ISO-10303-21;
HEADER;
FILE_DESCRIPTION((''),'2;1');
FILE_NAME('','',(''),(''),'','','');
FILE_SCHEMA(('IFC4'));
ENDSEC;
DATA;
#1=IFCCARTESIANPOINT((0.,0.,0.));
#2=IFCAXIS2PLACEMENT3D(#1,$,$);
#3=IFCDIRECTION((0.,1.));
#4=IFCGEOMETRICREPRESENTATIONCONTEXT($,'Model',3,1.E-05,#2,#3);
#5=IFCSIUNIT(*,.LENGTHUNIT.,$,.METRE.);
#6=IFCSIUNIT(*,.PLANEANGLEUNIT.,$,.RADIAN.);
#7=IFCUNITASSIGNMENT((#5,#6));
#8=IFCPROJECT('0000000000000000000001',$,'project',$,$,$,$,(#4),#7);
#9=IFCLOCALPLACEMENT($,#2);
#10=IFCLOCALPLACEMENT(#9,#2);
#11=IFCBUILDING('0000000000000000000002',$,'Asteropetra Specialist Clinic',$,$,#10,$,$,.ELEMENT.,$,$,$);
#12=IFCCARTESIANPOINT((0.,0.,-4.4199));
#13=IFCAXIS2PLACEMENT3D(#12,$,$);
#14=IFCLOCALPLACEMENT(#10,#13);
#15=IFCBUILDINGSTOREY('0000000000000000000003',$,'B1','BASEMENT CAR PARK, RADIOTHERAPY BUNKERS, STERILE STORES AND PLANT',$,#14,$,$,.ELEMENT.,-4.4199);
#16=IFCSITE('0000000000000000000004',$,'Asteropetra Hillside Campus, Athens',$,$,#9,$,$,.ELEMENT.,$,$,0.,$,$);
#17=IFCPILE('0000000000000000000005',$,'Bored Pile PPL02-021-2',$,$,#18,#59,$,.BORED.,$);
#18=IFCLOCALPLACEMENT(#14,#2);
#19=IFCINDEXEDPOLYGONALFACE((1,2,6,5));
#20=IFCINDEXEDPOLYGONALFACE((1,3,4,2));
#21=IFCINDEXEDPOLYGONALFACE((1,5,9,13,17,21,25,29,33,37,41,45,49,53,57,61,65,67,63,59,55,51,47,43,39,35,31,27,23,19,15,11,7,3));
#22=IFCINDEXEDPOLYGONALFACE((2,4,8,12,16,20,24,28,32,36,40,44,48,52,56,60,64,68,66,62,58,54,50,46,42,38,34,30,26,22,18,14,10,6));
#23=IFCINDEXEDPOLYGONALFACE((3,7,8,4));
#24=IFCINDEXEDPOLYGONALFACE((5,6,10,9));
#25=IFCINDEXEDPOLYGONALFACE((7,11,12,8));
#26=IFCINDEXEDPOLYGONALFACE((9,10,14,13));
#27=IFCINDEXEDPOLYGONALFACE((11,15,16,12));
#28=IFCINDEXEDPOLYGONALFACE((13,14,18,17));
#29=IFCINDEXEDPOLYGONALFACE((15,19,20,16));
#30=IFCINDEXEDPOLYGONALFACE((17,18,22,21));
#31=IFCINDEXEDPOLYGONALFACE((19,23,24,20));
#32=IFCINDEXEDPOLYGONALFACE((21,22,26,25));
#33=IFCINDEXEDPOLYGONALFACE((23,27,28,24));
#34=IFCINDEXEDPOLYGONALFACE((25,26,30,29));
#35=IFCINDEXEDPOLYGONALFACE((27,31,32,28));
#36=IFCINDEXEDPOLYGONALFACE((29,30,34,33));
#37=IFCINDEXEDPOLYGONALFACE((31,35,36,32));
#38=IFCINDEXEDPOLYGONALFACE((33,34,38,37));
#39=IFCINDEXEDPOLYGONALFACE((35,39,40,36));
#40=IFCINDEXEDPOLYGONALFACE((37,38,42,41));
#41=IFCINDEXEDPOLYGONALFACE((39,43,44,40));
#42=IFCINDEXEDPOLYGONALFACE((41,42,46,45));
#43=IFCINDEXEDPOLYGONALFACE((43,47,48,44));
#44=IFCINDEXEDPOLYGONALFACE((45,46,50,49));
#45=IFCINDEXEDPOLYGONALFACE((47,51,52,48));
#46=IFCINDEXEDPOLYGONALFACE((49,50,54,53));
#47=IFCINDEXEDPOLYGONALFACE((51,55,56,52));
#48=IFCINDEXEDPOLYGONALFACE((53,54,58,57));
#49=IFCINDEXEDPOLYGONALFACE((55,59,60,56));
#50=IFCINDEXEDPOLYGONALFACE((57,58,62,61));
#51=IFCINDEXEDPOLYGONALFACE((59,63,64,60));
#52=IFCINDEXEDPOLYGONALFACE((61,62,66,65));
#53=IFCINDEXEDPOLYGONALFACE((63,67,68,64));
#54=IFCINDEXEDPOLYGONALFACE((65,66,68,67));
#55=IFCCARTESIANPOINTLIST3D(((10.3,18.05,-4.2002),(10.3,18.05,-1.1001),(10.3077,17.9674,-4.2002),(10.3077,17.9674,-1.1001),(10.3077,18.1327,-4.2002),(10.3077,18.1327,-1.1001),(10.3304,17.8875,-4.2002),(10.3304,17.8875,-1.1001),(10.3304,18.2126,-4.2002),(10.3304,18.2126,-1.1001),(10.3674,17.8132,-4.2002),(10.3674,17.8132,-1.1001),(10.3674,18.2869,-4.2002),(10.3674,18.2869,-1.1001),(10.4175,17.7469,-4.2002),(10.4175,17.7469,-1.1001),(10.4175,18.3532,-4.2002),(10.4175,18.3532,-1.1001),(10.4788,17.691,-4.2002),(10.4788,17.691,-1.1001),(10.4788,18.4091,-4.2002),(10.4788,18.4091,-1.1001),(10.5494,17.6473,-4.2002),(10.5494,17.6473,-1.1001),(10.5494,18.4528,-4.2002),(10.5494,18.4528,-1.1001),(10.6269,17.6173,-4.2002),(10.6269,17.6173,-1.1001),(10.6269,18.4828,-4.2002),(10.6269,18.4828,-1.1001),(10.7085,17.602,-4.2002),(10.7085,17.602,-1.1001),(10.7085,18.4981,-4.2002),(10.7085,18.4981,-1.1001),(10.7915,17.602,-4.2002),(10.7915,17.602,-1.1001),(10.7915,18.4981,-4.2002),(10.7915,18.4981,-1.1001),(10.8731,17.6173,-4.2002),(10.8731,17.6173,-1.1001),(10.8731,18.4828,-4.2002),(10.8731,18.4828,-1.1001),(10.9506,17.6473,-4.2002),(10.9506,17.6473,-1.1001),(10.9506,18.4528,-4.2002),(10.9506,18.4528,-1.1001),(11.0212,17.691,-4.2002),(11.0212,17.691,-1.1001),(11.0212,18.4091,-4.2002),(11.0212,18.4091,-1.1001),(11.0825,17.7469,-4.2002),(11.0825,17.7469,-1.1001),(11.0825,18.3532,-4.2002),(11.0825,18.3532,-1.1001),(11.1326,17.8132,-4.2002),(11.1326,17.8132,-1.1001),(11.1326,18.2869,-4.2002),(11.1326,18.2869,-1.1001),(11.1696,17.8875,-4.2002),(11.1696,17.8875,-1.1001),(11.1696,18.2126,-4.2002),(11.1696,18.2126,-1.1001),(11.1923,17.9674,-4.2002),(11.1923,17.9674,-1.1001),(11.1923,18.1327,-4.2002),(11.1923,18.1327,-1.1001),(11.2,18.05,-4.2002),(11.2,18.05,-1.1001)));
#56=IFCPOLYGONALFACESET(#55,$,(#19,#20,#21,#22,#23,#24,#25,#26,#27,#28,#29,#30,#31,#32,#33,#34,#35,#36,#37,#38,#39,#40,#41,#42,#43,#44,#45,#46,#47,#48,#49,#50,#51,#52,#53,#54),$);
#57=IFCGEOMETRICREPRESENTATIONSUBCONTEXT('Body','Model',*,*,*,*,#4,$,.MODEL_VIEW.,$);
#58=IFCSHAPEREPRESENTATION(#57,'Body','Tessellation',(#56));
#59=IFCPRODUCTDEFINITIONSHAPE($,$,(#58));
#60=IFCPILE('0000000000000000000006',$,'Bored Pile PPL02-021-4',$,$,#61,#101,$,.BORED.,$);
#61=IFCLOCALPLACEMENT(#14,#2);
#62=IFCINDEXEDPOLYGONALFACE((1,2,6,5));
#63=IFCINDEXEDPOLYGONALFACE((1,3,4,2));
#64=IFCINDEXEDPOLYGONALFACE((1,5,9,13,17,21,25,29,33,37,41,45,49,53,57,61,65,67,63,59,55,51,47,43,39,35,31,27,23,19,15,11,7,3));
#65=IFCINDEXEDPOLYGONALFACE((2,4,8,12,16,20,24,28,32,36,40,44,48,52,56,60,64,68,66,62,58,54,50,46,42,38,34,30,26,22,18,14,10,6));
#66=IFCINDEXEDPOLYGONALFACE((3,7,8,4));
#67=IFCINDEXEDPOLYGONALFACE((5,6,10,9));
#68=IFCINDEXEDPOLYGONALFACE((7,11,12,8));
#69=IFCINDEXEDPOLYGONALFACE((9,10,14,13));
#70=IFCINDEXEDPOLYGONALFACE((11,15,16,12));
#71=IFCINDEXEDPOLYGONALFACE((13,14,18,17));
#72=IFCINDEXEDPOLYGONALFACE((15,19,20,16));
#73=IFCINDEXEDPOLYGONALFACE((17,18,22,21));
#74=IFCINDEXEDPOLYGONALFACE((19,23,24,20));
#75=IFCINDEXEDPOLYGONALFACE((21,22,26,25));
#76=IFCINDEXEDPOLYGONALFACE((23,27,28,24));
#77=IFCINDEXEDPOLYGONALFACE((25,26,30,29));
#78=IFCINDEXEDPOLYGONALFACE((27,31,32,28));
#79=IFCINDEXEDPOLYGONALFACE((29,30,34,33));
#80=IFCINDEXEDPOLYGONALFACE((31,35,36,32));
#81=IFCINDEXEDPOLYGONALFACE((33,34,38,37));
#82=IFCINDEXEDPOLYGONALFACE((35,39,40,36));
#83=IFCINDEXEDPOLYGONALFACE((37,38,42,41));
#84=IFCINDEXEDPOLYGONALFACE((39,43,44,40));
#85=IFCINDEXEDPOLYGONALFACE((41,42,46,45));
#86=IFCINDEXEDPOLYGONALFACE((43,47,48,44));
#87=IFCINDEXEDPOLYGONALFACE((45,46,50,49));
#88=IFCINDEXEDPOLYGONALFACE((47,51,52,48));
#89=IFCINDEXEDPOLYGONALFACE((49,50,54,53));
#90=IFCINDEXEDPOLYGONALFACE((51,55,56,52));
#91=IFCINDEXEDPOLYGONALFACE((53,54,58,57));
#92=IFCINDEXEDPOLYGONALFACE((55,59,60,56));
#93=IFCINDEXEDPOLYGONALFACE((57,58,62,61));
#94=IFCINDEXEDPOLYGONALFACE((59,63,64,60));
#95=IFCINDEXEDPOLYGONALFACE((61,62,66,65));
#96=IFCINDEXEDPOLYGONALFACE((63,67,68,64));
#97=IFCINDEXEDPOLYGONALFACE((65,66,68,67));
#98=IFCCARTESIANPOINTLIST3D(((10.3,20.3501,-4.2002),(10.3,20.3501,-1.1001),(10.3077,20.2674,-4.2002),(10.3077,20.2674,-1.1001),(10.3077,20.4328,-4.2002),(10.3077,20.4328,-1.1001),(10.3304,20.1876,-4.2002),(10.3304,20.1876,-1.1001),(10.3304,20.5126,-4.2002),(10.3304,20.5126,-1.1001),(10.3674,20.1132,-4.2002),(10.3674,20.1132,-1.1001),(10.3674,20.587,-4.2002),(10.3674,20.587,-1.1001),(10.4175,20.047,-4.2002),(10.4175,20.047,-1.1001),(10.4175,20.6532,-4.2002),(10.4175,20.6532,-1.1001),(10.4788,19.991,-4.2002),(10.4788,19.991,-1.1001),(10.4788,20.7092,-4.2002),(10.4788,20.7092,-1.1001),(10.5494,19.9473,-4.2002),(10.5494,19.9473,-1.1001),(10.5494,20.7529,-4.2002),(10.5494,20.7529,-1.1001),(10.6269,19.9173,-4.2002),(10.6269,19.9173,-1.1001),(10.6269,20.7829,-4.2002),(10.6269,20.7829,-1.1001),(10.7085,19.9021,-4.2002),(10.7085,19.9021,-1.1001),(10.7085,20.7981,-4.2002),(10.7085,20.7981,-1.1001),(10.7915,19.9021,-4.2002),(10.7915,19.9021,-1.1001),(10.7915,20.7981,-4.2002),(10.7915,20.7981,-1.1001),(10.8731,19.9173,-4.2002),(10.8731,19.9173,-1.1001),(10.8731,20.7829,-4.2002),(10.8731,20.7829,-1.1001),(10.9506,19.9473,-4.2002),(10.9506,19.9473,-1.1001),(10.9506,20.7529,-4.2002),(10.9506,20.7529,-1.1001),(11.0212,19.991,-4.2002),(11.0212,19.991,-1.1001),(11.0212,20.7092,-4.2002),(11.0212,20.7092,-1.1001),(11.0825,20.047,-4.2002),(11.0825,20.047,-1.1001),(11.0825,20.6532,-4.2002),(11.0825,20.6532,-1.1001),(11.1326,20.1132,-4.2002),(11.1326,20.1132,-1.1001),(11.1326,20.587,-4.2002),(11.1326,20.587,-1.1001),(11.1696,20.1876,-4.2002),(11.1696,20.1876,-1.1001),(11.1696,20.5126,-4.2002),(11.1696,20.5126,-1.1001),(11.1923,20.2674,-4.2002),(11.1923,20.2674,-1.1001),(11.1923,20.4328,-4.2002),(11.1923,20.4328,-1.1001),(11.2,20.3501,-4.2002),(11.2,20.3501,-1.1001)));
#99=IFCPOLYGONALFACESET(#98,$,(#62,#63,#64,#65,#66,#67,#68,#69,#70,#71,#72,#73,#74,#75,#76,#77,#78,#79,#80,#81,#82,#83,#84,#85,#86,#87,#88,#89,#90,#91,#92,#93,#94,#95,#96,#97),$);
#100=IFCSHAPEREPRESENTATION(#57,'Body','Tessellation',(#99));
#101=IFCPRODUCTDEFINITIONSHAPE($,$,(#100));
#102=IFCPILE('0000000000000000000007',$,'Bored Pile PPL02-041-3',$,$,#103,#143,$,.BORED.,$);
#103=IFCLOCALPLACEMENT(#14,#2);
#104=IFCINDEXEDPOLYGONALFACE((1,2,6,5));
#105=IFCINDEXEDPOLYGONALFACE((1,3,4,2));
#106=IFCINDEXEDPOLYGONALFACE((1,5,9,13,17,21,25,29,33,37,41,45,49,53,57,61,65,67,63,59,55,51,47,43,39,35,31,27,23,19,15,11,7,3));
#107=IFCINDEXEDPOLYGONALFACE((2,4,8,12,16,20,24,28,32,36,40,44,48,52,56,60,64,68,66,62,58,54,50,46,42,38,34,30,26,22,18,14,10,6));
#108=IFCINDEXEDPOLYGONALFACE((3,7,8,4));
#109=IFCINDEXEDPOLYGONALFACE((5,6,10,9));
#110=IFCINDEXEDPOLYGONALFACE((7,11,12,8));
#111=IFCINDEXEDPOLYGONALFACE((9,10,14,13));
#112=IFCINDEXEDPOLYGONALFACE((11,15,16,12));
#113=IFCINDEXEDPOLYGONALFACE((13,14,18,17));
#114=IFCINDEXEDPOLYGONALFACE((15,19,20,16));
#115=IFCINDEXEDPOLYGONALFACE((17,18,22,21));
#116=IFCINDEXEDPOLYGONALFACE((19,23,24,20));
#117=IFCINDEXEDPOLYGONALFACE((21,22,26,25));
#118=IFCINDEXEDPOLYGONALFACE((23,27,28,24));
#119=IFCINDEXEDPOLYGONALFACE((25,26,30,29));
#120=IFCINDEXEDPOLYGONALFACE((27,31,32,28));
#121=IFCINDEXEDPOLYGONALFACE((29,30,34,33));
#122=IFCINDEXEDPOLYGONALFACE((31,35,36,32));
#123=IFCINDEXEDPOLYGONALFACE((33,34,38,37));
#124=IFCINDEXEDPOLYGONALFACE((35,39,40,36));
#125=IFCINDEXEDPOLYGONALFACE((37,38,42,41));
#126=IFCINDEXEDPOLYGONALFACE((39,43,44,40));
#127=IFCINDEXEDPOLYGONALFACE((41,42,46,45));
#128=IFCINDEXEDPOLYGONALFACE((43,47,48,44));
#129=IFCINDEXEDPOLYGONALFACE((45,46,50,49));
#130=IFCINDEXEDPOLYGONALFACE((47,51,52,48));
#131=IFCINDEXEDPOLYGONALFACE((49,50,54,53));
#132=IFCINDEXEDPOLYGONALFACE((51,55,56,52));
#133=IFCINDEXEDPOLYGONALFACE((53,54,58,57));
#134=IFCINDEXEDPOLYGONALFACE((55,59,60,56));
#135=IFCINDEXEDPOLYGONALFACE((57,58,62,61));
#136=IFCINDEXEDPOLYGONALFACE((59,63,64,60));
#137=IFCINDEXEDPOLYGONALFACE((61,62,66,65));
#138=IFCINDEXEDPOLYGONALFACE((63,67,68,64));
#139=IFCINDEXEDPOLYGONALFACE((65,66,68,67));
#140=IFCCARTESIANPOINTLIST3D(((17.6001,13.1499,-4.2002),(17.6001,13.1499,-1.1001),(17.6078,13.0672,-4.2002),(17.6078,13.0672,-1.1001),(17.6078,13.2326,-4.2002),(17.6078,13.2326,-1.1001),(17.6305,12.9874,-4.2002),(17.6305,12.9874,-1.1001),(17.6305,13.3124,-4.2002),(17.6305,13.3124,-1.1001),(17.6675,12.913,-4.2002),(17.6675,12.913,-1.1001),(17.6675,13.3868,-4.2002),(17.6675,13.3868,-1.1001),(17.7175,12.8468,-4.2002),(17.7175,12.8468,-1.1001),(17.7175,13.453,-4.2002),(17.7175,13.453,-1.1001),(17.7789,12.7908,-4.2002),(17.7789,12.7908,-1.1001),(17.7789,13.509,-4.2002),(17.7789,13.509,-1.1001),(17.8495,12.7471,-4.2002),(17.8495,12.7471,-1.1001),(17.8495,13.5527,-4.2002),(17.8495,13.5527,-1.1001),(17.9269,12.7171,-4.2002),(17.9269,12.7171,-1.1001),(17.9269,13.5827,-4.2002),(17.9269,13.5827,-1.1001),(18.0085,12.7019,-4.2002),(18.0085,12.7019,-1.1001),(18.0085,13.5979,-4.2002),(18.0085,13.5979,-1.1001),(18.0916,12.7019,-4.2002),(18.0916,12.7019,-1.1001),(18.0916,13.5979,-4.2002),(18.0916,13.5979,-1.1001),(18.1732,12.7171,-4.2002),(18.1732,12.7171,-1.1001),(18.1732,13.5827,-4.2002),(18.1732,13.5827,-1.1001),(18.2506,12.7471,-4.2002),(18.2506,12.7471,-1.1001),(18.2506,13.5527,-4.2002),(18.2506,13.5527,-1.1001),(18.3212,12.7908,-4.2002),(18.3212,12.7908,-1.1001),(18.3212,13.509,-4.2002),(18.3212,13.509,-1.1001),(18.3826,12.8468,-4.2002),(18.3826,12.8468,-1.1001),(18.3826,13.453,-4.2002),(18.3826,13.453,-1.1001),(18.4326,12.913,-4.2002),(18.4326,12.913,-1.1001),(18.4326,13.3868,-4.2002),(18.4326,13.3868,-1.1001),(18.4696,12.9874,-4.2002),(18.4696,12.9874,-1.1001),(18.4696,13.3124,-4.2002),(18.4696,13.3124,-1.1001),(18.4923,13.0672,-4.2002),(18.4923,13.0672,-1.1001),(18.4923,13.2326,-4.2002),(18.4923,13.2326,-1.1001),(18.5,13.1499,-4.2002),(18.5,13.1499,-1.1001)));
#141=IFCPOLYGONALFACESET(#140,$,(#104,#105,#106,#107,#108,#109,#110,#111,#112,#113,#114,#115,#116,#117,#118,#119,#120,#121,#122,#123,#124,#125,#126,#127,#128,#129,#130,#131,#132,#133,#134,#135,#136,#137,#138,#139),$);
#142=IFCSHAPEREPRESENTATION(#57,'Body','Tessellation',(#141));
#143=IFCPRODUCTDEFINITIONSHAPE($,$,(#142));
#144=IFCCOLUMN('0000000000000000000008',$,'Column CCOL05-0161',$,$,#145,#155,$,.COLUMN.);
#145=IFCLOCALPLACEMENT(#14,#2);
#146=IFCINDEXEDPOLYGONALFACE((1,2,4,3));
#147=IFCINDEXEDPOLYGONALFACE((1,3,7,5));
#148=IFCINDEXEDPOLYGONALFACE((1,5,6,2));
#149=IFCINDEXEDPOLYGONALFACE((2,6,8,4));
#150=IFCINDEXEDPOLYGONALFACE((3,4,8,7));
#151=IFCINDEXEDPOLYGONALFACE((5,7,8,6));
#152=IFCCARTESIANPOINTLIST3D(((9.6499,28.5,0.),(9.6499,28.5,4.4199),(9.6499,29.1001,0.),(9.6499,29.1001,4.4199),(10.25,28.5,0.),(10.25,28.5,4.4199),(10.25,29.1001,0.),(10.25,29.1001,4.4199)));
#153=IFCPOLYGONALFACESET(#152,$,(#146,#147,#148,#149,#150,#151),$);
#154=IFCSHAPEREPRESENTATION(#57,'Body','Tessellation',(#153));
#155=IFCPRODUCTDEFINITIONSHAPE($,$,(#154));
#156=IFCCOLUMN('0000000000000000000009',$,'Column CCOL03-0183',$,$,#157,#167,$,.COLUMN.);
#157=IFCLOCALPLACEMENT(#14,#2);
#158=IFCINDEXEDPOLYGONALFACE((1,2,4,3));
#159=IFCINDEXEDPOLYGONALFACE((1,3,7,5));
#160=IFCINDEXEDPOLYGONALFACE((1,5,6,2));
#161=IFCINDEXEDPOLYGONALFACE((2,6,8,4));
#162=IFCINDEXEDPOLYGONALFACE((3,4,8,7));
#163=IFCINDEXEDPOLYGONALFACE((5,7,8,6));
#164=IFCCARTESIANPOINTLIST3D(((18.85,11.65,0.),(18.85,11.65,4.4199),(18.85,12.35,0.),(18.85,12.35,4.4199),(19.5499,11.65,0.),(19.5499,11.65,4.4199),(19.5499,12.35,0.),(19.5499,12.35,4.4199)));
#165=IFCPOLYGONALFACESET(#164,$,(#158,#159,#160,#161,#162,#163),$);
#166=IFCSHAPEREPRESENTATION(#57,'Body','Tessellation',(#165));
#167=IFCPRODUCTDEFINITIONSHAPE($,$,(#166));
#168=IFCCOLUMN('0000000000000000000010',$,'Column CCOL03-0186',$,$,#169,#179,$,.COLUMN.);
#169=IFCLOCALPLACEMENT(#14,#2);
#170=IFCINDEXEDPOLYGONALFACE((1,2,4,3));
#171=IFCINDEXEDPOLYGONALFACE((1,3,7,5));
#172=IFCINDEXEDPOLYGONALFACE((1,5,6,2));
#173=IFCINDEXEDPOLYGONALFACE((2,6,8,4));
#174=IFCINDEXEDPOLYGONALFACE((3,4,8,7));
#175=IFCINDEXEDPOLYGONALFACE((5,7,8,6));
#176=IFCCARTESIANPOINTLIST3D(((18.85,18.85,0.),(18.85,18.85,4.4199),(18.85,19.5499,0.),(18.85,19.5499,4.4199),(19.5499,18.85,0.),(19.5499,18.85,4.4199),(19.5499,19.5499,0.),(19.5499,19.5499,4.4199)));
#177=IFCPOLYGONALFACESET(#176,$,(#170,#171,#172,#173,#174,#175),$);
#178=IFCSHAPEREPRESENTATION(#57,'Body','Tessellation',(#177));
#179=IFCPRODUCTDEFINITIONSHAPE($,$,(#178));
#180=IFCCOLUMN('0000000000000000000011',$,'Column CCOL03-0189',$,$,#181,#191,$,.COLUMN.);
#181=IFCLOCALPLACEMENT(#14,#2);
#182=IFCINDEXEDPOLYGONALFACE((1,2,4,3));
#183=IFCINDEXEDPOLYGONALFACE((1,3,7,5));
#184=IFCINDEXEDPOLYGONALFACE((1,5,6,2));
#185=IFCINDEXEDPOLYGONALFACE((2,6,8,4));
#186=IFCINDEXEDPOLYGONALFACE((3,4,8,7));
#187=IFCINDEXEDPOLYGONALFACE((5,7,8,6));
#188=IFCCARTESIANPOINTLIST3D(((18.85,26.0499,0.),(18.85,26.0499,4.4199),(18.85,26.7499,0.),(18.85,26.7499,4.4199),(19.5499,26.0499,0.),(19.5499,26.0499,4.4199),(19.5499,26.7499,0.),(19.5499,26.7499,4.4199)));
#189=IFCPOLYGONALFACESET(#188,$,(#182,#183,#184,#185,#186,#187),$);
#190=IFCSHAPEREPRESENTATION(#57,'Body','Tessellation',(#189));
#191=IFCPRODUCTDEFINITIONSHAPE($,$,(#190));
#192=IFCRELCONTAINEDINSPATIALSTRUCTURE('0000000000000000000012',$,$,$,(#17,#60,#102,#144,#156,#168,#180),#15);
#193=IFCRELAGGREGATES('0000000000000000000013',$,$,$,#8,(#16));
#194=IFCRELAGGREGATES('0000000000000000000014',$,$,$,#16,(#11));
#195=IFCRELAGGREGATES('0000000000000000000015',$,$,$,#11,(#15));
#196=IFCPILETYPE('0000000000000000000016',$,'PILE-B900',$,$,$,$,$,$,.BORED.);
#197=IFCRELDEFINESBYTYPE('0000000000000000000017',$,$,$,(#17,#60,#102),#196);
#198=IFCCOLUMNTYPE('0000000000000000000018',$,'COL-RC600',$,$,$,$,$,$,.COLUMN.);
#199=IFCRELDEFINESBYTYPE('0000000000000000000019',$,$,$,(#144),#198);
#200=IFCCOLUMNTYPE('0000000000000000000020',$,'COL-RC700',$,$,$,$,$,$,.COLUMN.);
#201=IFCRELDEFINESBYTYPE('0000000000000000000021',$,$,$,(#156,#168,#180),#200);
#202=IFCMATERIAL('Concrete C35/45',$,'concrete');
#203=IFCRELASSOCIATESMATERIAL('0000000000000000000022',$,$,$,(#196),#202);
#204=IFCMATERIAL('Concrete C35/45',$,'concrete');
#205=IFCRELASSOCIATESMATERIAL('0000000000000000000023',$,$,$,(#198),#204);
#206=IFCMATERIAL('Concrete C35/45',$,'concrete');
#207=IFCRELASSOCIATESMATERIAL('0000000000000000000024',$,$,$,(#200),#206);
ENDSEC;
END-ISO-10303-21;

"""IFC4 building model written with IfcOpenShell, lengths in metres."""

from ifc_helpers import new_model, si_unit, direction, frame, origin, origin_2d, place, context, subcontext, project, spatial, rectangle, circle, extrude, material, material_profile, profile_set, type_object, element, save


model = new_model("IFC4")

# Units and contexts
model_context = context("Model", 3, precision=1e-05, world=origin(), true_north=direction((0.0, 1.0)))
body_context = subcontext(model_context, "Body", "Model", "MODEL_VIEW")
ifc_project = project(units=[si_unit("LENGTHUNIT", "METRE"), si_unit("PLANEANGLEUNIT", "RADIAN")], contexts=[model_context])

# Site, building, storey
site_placement = place(None, origin())
site = spatial("IfcSite", under=ifc_project, at=site_placement, Name="Asteropetra Hillside Campus, Athens", CompositionType="ELEMENT", RefElevation=0.0)
building_placement = place(site_placement, origin())
building = spatial("IfcBuilding", under=site, at=building_placement, Name="Asteropetra Specialist Clinic", CompositionType="ELEMENT")
storey_placement = place(building_placement, frame((0.0, 0.0, -4.4199)))
storey = spatial("IfcBuildingStorey", under=building, at=storey_placement, Name="B1", Description="BASEMENT CAR PARK, RADIOTHERAPY BUNKERS, STERILE STORES AND PLANT", CompositionType="ELEMENT", Elevation=-4.4199)

# Piles
ifc_material_1 = material(Name="Concrete C35/45", Category="concrete")
ifc_material_profile_1 = material_profile(ifc_material_1, circle(Radius=0.45, at=origin_2d()), Name="PILE D900")
ifc_profile_set_1 = profile_set([ifc_material_profile_1], Name="Concrete C35/45")
pile_type_1 = type_object("IfcPileType", Name="PILE-B900", PredefinedType="BORED", material=ifc_profile_set_1)
for number, where, z_axis, x_axis, name in (
    (1, (10.75, 18.05, -1.1001), (0.0, 0.0, -1.0), (1.0, 0.0, 0.0), "Bored Pile PPL02-021-2"),
    (2, (10.75, 20.3501, -1.1001), (0.0, 0.0, -1.0), (1.0, 0.0, 0.0), "Bored Pile PPL02-021-4"),
    (3, (18.05, 13.1499, -1.1001), (0.0, 0.0, -1.0), (1.0, 0.0, 0.0), "Bored Pile PPL02-041-3"),
):
    element("IfcPile", number, at=place(storey_placement, frame(where, z_axis=z_axis, x_axis=x_axis)), inside=storey, type_object=pile_type_1, Name=name, PredefinedType="BORED", context=body_context, shape_type="SweptSolid", body=[
        extrude(circle(Radius=0.45, at=origin_2d()), origin(), (0.0, 0.0, 1.0), 3.1001),
    ])

# Columns
ifc_material_2 = material(Name="Concrete C35/45", Category="concrete")
ifc_material_profile_2 = material_profile(ifc_material_2, rectangle(XDim=0.6001, YDim=0.6001, at=origin_2d()), Name="RC 600x600")
ifc_profile_set_2 = profile_set([ifc_material_profile_2], Name="Concrete C35/45")
column_type_1 = type_object("IfcColumnType", Name="COL-RC600", PredefinedType="COLUMN", material=ifc_profile_set_2)
column_placement = place(storey_placement, frame((9.95, 28.8, 0.0), z_axis=(0.0, 0.0, 1.0), x_axis=(1.0, 0.0, 0.0)))
element("IfcColumn", 4, at=column_placement, inside=storey, type_object=column_type_1, Name="Column CCOL05-0161", PredefinedType="COLUMN", context=body_context, shape_type="SweptSolid", body=[
    extrude(rectangle(XDim=0.6001, YDim=0.6001, at=origin_2d()), origin(), (0.0, 0.0, 1.0), 4.4199),
])
ifc_material_3 = material(Name="Concrete C35/45", Category="concrete")
ifc_material_profile_3 = material_profile(ifc_material_3, rectangle(XDim=0.7, YDim=0.7, at=origin_2d()), Name="RC 700x700")
ifc_profile_set_3 = profile_set([ifc_material_profile_3], Name="Concrete C35/45")
column_type_2 = type_object("IfcColumnType", Name="COL-RC700", PredefinedType="COLUMN", material=ifc_profile_set_3)
for number, where, z_axis, x_axis, name in (
    (5, (19.2, 12.0, 0.0), (0.0, 0.0, 1.0), (1.0, 0.0, 0.0), "Column CCOL03-0183"),
    (6, (19.2, 19.2, 0.0), (0.0, 0.0, 1.0), (1.0, 0.0, 0.0), "Column CCOL03-0186"),
    (7, (19.2, 26.3999, 0.0), (0.0, 0.0, 1.0), (1.0, 0.0, 0.0), "Column CCOL03-0189"),
):
    element("IfcColumn", number, at=place(storey_placement, frame(where, z_axis=z_axis, x_axis=x_axis)), inside=storey, type_object=column_type_2, Name=name, PredefinedType="COLUMN", context=body_context, shape_type="SweptSolid", body=[
        extrude(rectangle(XDim=0.7, YDim=0.7, at=origin_2d()), origin(), (0.0, 0.0, 1.0), 4.4199),
    ])

save(model, "model.ifc")
